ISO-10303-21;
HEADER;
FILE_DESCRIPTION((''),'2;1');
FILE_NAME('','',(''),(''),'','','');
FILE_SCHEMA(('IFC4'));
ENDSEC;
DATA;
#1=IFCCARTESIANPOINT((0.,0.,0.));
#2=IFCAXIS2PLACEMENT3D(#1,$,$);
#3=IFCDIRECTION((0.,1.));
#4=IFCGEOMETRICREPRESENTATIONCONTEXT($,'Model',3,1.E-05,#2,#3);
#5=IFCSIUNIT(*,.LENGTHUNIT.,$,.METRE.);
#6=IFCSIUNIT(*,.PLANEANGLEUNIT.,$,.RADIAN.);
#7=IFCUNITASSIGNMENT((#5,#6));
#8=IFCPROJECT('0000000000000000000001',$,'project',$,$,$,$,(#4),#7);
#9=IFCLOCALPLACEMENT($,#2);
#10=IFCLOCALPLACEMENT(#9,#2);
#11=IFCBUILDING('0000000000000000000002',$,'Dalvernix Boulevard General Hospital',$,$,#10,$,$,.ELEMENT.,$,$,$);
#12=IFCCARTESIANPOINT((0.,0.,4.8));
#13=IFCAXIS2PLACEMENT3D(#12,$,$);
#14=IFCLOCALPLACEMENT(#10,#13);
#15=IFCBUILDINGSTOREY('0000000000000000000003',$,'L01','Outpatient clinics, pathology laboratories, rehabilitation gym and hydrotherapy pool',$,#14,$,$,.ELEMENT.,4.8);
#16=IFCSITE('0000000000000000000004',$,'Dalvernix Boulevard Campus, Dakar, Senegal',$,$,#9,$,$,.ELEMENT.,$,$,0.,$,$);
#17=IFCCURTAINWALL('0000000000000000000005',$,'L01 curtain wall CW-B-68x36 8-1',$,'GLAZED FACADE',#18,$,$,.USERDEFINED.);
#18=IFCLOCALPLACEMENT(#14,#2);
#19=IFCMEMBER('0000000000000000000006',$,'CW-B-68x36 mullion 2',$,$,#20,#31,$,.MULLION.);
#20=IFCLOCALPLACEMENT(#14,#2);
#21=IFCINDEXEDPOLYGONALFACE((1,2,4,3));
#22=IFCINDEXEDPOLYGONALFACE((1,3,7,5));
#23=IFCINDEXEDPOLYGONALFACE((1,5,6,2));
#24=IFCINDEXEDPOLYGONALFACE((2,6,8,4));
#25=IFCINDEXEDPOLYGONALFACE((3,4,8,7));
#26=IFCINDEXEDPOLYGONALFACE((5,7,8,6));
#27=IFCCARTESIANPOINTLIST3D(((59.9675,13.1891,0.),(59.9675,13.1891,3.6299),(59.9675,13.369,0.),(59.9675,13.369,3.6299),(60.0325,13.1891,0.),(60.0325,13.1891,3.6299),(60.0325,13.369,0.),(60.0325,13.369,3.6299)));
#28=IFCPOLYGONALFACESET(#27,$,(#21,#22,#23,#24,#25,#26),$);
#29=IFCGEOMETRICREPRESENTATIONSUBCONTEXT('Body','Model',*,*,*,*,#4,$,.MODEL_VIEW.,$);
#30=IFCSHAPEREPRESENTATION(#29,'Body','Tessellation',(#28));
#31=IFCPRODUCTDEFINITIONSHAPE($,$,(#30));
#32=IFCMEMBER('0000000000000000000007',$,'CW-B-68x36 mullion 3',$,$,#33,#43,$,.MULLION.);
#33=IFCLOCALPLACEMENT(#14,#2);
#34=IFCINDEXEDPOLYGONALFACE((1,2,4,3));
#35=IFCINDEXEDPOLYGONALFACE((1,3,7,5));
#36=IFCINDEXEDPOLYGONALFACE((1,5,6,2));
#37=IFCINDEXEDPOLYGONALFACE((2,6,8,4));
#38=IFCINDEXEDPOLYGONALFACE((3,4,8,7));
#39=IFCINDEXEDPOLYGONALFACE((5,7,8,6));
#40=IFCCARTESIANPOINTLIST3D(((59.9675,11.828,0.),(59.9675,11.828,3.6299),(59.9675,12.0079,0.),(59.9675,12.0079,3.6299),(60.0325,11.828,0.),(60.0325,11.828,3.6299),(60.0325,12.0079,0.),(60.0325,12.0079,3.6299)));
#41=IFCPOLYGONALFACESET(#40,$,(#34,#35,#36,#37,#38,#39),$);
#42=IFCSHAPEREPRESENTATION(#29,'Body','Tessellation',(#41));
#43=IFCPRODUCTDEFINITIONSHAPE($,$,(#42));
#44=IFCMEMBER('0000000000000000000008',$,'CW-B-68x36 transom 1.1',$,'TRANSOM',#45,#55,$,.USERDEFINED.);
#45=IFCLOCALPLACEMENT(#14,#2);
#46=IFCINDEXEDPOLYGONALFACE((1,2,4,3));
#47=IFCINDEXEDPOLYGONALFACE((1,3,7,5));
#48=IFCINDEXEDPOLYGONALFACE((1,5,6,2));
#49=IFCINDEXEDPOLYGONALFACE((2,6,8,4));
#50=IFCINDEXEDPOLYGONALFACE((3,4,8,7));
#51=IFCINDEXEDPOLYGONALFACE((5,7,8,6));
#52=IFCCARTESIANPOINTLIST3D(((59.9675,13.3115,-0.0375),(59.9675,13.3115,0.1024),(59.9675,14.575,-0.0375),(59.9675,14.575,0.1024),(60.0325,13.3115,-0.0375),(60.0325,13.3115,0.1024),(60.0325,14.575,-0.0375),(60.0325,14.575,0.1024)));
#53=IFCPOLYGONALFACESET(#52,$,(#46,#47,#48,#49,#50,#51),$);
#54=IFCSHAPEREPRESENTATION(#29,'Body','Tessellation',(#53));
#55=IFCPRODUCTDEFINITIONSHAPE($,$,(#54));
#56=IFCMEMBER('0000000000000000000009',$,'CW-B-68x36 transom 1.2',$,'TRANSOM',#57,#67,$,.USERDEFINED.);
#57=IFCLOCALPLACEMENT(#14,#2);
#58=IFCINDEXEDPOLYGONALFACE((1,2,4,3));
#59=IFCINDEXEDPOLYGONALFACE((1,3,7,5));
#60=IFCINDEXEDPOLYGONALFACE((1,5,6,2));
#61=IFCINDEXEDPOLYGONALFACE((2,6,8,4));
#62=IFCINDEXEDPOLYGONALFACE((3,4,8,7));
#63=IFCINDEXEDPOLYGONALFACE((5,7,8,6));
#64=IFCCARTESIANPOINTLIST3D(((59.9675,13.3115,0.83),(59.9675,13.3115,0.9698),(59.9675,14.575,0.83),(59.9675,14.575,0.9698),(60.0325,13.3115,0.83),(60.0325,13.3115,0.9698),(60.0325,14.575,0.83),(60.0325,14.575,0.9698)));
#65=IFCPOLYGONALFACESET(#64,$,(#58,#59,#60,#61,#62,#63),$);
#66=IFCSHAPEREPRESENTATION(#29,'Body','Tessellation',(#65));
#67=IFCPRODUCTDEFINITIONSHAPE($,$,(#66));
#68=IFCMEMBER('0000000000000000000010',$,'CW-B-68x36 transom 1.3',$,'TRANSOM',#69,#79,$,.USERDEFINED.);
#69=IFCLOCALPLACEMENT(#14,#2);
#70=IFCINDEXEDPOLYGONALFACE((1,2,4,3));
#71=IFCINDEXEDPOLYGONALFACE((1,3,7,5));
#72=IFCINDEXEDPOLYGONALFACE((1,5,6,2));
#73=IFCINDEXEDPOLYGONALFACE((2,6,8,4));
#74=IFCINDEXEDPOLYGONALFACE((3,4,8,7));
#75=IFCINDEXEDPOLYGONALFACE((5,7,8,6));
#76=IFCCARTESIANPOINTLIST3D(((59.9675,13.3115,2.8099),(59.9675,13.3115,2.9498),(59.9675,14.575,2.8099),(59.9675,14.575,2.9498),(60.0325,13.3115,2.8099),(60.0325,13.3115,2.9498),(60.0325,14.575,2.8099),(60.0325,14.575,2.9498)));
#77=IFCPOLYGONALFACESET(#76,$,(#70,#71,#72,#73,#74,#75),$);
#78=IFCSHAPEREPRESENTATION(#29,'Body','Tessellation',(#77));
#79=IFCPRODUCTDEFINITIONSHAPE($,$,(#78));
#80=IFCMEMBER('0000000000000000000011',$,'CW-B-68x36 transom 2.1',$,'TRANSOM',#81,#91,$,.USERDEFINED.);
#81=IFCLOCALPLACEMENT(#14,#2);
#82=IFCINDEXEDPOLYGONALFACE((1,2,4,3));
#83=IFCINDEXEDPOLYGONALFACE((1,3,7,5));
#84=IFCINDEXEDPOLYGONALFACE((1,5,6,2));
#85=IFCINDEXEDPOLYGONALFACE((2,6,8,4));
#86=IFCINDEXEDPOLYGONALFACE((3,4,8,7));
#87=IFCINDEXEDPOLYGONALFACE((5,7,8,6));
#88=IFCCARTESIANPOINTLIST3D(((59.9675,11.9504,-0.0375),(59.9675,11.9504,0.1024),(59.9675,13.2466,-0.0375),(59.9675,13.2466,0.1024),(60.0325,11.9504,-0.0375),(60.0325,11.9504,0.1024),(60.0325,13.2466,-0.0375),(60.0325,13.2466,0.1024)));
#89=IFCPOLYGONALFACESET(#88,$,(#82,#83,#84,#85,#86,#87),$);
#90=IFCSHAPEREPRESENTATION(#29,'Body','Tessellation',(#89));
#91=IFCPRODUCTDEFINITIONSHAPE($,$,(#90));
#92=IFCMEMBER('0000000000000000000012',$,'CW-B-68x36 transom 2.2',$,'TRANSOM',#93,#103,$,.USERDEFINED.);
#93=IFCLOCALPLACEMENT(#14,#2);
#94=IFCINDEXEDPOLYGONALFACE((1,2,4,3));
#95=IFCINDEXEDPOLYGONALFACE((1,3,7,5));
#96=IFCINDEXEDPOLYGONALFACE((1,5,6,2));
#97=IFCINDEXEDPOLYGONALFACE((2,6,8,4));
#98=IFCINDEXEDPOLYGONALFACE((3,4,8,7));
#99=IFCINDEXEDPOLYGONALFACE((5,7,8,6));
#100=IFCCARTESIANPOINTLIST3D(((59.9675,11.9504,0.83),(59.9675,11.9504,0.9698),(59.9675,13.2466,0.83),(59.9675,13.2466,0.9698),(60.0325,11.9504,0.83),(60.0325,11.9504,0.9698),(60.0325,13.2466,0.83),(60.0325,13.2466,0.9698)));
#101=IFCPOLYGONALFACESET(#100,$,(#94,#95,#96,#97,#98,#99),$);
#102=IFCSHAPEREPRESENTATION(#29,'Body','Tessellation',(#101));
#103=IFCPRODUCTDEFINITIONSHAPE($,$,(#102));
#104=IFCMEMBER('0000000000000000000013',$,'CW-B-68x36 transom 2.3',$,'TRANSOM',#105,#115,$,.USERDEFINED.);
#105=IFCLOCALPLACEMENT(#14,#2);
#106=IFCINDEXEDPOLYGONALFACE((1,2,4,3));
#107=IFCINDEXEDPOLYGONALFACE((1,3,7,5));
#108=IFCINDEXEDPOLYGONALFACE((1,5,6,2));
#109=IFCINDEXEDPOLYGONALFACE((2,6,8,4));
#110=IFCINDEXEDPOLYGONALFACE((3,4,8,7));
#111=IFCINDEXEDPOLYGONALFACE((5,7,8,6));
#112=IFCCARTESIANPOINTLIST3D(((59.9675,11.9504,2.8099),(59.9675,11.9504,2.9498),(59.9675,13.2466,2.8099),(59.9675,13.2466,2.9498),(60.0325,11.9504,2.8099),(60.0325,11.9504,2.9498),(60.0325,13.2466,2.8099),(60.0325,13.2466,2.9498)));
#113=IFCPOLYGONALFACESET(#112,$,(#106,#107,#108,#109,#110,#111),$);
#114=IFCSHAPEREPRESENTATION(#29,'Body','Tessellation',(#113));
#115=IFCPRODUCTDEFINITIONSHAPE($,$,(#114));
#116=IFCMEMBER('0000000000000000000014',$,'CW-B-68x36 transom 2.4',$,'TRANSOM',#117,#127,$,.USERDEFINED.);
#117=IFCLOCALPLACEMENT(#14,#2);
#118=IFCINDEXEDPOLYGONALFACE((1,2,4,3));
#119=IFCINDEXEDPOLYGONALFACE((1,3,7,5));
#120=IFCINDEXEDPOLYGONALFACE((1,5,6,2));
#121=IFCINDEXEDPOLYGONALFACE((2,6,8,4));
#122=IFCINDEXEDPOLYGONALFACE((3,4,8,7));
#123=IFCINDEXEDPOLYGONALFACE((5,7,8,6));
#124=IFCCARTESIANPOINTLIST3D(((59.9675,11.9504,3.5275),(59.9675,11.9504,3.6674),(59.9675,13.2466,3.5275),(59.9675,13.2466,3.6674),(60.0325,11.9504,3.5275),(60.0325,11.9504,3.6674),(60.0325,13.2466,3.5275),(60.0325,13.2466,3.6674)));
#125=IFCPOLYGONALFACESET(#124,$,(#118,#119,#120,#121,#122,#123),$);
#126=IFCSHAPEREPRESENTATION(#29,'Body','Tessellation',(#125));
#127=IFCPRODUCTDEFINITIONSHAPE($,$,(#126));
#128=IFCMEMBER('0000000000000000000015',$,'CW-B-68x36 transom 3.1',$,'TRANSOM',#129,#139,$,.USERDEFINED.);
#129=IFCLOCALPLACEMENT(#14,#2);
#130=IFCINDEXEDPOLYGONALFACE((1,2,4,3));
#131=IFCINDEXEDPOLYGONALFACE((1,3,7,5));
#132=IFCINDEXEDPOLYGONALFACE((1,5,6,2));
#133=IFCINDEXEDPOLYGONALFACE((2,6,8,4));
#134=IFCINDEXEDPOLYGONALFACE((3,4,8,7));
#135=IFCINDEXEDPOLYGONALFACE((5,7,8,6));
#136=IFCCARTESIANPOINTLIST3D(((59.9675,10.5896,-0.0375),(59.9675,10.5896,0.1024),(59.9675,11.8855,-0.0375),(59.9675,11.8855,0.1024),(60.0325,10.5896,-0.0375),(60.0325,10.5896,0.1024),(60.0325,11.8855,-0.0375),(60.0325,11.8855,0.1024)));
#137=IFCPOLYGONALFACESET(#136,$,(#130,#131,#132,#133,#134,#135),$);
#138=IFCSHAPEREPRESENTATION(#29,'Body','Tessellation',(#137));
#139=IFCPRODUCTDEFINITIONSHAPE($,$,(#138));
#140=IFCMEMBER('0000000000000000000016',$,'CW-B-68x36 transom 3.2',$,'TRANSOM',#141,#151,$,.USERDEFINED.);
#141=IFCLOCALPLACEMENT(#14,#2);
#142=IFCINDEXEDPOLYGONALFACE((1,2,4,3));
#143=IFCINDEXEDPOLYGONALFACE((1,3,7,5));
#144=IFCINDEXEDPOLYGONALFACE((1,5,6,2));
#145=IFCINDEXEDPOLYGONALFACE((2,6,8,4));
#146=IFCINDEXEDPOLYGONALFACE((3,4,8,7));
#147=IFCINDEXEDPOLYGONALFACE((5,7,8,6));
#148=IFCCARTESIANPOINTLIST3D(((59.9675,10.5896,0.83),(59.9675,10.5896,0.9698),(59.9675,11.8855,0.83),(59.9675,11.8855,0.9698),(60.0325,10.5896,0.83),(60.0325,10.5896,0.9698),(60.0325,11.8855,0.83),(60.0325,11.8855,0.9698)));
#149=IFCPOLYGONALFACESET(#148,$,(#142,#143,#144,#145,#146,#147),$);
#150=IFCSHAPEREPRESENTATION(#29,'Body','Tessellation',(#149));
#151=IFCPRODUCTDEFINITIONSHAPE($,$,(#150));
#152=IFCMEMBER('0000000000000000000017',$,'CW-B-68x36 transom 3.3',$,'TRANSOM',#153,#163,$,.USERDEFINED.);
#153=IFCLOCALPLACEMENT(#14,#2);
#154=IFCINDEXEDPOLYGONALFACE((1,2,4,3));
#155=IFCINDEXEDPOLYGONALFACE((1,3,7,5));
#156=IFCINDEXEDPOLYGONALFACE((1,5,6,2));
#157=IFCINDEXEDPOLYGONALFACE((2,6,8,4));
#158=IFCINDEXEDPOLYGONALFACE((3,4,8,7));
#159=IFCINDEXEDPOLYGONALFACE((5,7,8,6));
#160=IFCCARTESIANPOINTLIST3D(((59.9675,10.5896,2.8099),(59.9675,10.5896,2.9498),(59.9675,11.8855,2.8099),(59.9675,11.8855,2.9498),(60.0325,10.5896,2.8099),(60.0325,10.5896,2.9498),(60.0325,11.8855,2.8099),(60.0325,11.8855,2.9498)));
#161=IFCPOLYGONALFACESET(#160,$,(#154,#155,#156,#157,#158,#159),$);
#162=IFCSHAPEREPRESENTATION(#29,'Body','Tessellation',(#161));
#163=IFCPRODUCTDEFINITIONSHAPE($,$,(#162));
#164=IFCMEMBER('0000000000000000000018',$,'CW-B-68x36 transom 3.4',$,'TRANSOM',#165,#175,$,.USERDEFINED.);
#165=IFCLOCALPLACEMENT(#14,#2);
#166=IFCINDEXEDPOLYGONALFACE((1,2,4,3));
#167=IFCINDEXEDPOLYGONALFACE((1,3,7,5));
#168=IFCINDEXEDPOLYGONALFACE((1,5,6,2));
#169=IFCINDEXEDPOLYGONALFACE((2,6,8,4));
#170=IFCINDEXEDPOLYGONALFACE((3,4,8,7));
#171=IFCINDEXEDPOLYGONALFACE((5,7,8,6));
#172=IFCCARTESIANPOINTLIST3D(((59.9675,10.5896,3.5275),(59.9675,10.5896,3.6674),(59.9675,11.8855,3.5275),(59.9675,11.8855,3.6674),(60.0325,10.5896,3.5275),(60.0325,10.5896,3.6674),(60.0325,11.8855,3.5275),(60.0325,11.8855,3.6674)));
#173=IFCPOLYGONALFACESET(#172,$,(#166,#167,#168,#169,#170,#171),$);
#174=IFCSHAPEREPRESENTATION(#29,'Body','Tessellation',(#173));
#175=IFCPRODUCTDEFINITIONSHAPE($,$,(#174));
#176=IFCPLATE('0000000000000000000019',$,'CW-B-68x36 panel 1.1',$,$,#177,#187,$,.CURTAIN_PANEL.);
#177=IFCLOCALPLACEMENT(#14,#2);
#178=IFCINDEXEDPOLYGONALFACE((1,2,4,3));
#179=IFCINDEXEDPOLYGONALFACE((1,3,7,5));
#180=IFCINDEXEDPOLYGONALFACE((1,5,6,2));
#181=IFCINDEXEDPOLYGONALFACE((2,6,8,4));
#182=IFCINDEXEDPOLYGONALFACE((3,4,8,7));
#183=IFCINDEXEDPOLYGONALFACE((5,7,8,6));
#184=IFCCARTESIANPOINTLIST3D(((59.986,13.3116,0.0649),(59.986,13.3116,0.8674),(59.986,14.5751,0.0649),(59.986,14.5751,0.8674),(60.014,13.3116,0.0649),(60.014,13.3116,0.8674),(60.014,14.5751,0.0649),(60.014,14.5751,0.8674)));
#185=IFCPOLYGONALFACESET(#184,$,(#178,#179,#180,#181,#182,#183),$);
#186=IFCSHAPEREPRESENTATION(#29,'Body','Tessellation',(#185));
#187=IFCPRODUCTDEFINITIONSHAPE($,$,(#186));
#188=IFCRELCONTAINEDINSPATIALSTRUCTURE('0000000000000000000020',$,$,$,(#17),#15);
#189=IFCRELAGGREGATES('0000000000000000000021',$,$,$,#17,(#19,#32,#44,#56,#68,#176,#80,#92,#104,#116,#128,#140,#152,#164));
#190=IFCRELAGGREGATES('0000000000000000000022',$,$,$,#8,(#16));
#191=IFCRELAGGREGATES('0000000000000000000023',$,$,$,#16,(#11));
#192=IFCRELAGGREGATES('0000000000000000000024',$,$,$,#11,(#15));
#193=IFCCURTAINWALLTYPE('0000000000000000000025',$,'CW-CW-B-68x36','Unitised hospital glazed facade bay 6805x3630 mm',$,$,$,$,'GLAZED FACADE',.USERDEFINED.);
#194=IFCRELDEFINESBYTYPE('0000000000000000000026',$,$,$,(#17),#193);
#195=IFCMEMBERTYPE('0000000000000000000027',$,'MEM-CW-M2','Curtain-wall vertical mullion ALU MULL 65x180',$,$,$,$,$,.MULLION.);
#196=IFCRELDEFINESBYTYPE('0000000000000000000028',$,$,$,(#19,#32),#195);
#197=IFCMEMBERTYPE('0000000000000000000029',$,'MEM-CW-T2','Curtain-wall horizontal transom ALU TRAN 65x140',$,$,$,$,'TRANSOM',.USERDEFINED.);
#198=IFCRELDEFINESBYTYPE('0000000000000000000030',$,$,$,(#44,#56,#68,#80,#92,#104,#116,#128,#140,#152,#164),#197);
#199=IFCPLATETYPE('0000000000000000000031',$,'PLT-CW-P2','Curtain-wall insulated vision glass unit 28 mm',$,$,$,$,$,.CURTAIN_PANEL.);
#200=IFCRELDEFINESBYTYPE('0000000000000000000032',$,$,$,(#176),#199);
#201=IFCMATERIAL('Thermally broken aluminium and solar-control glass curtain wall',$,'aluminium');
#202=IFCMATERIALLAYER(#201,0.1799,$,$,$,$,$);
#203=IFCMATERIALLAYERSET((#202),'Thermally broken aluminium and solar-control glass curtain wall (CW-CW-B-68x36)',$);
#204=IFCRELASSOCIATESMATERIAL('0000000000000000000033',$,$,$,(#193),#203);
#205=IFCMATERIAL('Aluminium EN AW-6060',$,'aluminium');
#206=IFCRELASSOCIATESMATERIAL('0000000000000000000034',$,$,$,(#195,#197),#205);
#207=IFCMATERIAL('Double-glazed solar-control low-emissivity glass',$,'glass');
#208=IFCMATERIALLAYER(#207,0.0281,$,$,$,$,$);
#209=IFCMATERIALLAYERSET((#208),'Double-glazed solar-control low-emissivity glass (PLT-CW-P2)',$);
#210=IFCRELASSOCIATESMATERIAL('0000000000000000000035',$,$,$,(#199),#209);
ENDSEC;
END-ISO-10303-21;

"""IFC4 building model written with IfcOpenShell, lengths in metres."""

from ifc_helpers import new_model, si_unit, direction, frame, origin, origin_2d, place, context, subcontext, project, spatial, rectangle, extrude, material, layer, layer_set, material_profile, profile_set, type_object, element, aggregate, save


model = new_model("IFC4")

# Units and contexts
model_context = context("Model", 3, precision=1e-05, world=origin(), true_north=direction((0.0, 1.0)))
body_context = subcontext(model_context, "Body", "Model", "MODEL_VIEW")
ifc_project = project(units=[si_unit("LENGTHUNIT", "METRE"), si_unit("PLANEANGLEUNIT", "RADIAN")], contexts=[model_context])

# Site, building, storey
site_placement = place(None, origin())
site = spatial("IfcSite", under=ifc_project, at=site_placement, Name="Dalvernix Boulevard Campus, Dakar, Senegal", CompositionType="ELEMENT", RefElevation=0.0)
building_placement = place(site_placement, origin())
building = spatial("IfcBuilding", under=site, at=building_placement, Name="Dalvernix Boulevard General Hospital", CompositionType="ELEMENT")
storey_placement = place(building_placement, frame((0.0, 0.0, 4.8)))
storey = spatial("IfcBuildingStorey", under=building, at=storey_placement, Name="L01", Description="Outpatient clinics, pathology laboratories, rehabilitation gym and hydrotherapy pool", CompositionType="ELEMENT", Elevation=4.8)

# Curtain wall, members, plate
ifc_material_1 = material(Name="Thermally broken aluminium and solar-control glass curtain wall", Category="aluminium")
ifc_layer_1 = layer(ifc_material_1, 0.1799)
ifc_layer_set_1 = layer_set([ifc_layer_1], Name="Thermally broken aluminium and solar-control glass curtain wall (CW-CW-B-68x36)")
curtain_wall_type = type_object("IfcCurtainWallType", Name="CW-CW-B-68x36", Description="Unitised hospital glazed facade bay 6805x3630 mm", ElementType="GLAZED FACADE", PredefinedType="USERDEFINED", material=ifc_layer_set_1)
curtain_wall_placement = place(storey_placement, origin())
curtain_wall = element("IfcCurtainWall", 1, at=curtain_wall_placement, inside=storey, type_object=curtain_wall_type, Name="L01 curtain wall CW-B-68x36 8-1", ObjectType="GLAZED FACADE", PredefinedType="USERDEFINED")
ifc_material_2 = material(Name="Aluminium EN AW-6060", Category="aluminium")
ifc_material_profile_1 = material_profile(ifc_material_2, rectangle(XDim=0.0649, YDim=0.1799, at=origin_2d()), Name="ALU MULL 65x180")
ifc_profile_set_1 = profile_set([ifc_material_profile_1], Name="Aluminium EN AW-6060")
member_type_1 = type_object("IfcMemberType", Name="MEM-CW-M2", Description="Curtain-wall vertical mullion ALU MULL 65x180", PredefinedType="MULLION", material=ifc_profile_set_1)
member_1_placement = place(storey_placement, frame((60.0, 13.2791, 0.0), z_axis=(0.0, 0.0, 1.0), x_axis=(1.0, 0.0, 0.0)))
member_1 = element("IfcMember", 2, at=member_1_placement, type_object=member_type_1, Name="CW-B-68x36 mullion 2", PredefinedType="MULLION", context=body_context, shape_type="SweptSolid", body=[
    extrude(rectangle(XDim=0.0649, YDim=0.1799, at=origin_2d()), origin(), (0.0, 0.0, 1.0), 3.6299),
])
member_2_placement = place(storey_placement, frame((60.0, 11.918, 0.0), z_axis=(0.0, 0.0, 1.0), x_axis=(1.0, 0.0, 0.0)))
member_2 = element("IfcMember", 3, at=member_2_placement, type_object=member_type_1, Name="CW-B-68x36 mullion 3", PredefinedType="MULLION", context=body_context, shape_type="SweptSolid", body=[
    extrude(rectangle(XDim=0.0649, YDim=0.1799, at=origin_2d()), origin(), (0.0, 0.0, 1.0), 3.6299),
])
ifc_material_profile_2 = material_profile(ifc_material_2, rectangle(XDim=0.0649, YDim=0.1399, at=origin_2d()), Name="ALU TRAN 65x140")
ifc_profile_set_2 = profile_set([ifc_material_profile_2], Name="Aluminium EN AW-6060")
member_type_2 = type_object("IfcMemberType", Name="MEM-CW-T2", Description="Curtain-wall horizontal transom ALU TRAN 65x140", ElementType="TRANSOM", PredefinedType="USERDEFINED", material=ifc_profile_set_2)
member_3_placement = place(storey_placement, frame((60.0, 14.575, 0.0325), z_axis=(0.0, -1.0, 0.0), x_axis=(1.0, 0.0, 0.0)))
member_3 = element("IfcMember", 4, at=member_3_placement, type_object=member_type_2, Name="CW-B-68x36 transom 1.1", ObjectType="TRANSOM", PredefinedType="USERDEFINED", context=body_context, shape_type="SweptSolid", body=[
    extrude(rectangle(XDim=0.0649, YDim=0.1399, at=origin_2d()), origin(), (0.0, 0.0, 1.0), 1.2634),
])
member_4_placement = place(storey_placement, frame((60.0, 14.575, 0.8999), z_axis=(0.0, -1.0, 0.0), x_axis=(1.0, 0.0, 0.0)))
member_4 = element("IfcMember", 5, at=member_4_placement, type_object=member_type_2, Name="CW-B-68x36 transom 1.2", ObjectType="TRANSOM", PredefinedType="USERDEFINED", context=body_context, shape_type="SweptSolid", body=[
    extrude(rectangle(XDim=0.0649, YDim=0.1399, at=origin_2d()), origin(), (0.0, 0.0, 1.0), 1.2634),
])
member_5_placement = place(storey_placement, frame((60.0, 14.575, 2.8799), z_axis=(0.0, -1.0, 0.0), x_axis=(1.0, 0.0, 0.0)))
member_5 = element("IfcMember", 6, at=member_5_placement, type_object=member_type_2, Name="CW-B-68x36 transom 1.3", ObjectType="TRANSOM", PredefinedType="USERDEFINED", context=body_context, shape_type="SweptSolid", body=[
    extrude(rectangle(XDim=0.0649, YDim=0.1399, at=origin_2d()), origin(), (0.0, 0.0, 1.0), 1.2634),
])
member_6_placement = place(storey_placement, frame((60.0, 13.2466, 0.0325), z_axis=(0.0, -1.0, 0.0), x_axis=(1.0, 0.0, 0.0)))
member_6 = element("IfcMember", 7, at=member_6_placement, type_object=member_type_2, Name="CW-B-68x36 transom 2.1", ObjectType="TRANSOM", PredefinedType="USERDEFINED", context=body_context, shape_type="SweptSolid", body=[
    extrude(rectangle(XDim=0.0649, YDim=0.1399, at=origin_2d()), origin(), (0.0, 0.0, 1.0), 1.2961),
])
member_7_placement = place(storey_placement, frame((60.0, 13.2466, 0.8999), z_axis=(0.0, -1.0, 0.0), x_axis=(1.0, 0.0, 0.0)))
member_7 = element("IfcMember", 8, at=member_7_placement, type_object=member_type_2, Name="CW-B-68x36 transom 2.2", ObjectType="TRANSOM", PredefinedType="USERDEFINED", context=body_context, shape_type="SweptSolid", body=[
    extrude(rectangle(XDim=0.0649, YDim=0.1399, at=origin_2d()), origin(), (0.0, 0.0, 1.0), 1.2961),
])
member_8_placement = place(storey_placement, frame((60.0, 13.2466, 2.8799), z_axis=(0.0, -1.0, 0.0), x_axis=(1.0, 0.0, 0.0)))
member_8 = element("IfcMember", 9, at=member_8_placement, type_object=member_type_2, Name="CW-B-68x36 transom 2.3", ObjectType="TRANSOM", PredefinedType="USERDEFINED", context=body_context, shape_type="SweptSolid", body=[
    extrude(rectangle(XDim=0.0649, YDim=0.1399, at=origin_2d()), origin(), (0.0, 0.0, 1.0), 1.2961),
])
member_9_placement = place(storey_placement, frame((60.0, 13.2466, 3.5974), z_axis=(0.0, -1.0, 0.0), x_axis=(1.0, 0.0, 0.0)))
member_9 = element("IfcMember", 10, at=member_9_placement, type_object=member_type_2, Name="CW-B-68x36 transom 2.4", ObjectType="TRANSOM", PredefinedType="USERDEFINED", context=body_context, shape_type="SweptSolid", body=[
    extrude(rectangle(XDim=0.0649, YDim=0.1399, at=origin_2d()), origin(), (0.0, 0.0, 1.0), 1.2961),
])
member_10_placement = place(storey_placement, frame((60.0, 11.8855, 0.0325), z_axis=(0.0, -1.0, 0.0), x_axis=(1.0, 0.0, 0.0)))
member_10 = element("IfcMember", 11, at=member_10_placement, type_object=member_type_2, Name="CW-B-68x36 transom 3.1", ObjectType="TRANSOM", PredefinedType="USERDEFINED", context=body_context, shape_type="SweptSolid", body=[
    extrude(rectangle(XDim=0.0649, YDim=0.1399, at=origin_2d()), origin(), (0.0, 0.0, 1.0), 1.2959),
])
member_11_placement = place(storey_placement, frame((60.0, 11.8855, 0.8999), z_axis=(0.0, -1.0, 0.0), x_axis=(1.0, 0.0, 0.0)))
member_11 = element("IfcMember", 12, at=member_11_placement, type_object=member_type_2, Name="CW-B-68x36 transom 3.2", ObjectType="TRANSOM", PredefinedType="USERDEFINED", context=body_context, shape_type="SweptSolid", body=[
    extrude(rectangle(XDim=0.0649, YDim=0.1399, at=origin_2d()), origin(), (0.0, 0.0, 1.0), 1.2959),
])
member_12_placement = place(storey_placement, frame((60.0, 11.8855, 2.8799), z_axis=(0.0, -1.0, 0.0), x_axis=(1.0, 0.0, 0.0)))
member_12 = element("IfcMember", 13, at=member_12_placement, type_object=member_type_2, Name="CW-B-68x36 transom 3.3", ObjectType="TRANSOM", PredefinedType="USERDEFINED", context=body_context, shape_type="SweptSolid", body=[
    extrude(rectangle(XDim=0.0649, YDim=0.1399, at=origin_2d()), origin(), (0.0, 0.0, 1.0), 1.2959),
])
member_13_placement = place(storey_placement, frame((60.0, 11.8855, 3.5974), z_axis=(0.0, -1.0, 0.0), x_axis=(1.0, 0.0, 0.0)))
member_13 = element("IfcMember", 14, at=member_13_placement, type_object=member_type_2, Name="CW-B-68x36 transom 3.4", ObjectType="TRANSOM", PredefinedType="USERDEFINED", context=body_context, shape_type="SweptSolid", body=[
    extrude(rectangle(XDim=0.0649, YDim=0.1399, at=origin_2d()), origin(), (0.0, 0.0, 1.0), 1.2959),
])
ifc_material_3 = material(Name="Double-glazed solar-control low-emissivity glass", Category="glass")
ifc_layer_2 = layer(ifc_material_3, 0.0281)
ifc_layer_set_2 = layer_set([ifc_layer_2], Name="Double-glazed solar-control low-emissivity glass (PLT-CW-P2)")
plate_type = type_object("IfcPlateType", Name="PLT-CW-P2", Description="Curtain-wall insulated vision glass unit 28 mm", PredefinedType="CURTAIN_PANEL", material=ifc_layer_set_2)
plate_1_placement = place(storey_placement, frame((60.0, 13.9434, 0.0649), z_axis=(0.0, 0.0, 1.0), x_axis=(0.0, -1.0, 0.0)))
plate_1 = element("IfcPlate", 15, at=plate_1_placement, type_object=plate_type, Name="CW-B-68x36 panel 1.1", PredefinedType="CURTAIN_PANEL", context=body_context, shape_type="SweptSolid", body=[
    extrude(rectangle(XDim=1.2634, YDim=0.0281, at=origin_2d()), origin(), (0.0, 0.0, 1.0), 0.8025),
])
aggregate(curtain_wall, [member_1, member_2, member_3, member_4, member_5, plate_1, member_6, member_7, member_8, member_9, member_10, member_11, member_12, member_13])

save(model, "model.ifc")
